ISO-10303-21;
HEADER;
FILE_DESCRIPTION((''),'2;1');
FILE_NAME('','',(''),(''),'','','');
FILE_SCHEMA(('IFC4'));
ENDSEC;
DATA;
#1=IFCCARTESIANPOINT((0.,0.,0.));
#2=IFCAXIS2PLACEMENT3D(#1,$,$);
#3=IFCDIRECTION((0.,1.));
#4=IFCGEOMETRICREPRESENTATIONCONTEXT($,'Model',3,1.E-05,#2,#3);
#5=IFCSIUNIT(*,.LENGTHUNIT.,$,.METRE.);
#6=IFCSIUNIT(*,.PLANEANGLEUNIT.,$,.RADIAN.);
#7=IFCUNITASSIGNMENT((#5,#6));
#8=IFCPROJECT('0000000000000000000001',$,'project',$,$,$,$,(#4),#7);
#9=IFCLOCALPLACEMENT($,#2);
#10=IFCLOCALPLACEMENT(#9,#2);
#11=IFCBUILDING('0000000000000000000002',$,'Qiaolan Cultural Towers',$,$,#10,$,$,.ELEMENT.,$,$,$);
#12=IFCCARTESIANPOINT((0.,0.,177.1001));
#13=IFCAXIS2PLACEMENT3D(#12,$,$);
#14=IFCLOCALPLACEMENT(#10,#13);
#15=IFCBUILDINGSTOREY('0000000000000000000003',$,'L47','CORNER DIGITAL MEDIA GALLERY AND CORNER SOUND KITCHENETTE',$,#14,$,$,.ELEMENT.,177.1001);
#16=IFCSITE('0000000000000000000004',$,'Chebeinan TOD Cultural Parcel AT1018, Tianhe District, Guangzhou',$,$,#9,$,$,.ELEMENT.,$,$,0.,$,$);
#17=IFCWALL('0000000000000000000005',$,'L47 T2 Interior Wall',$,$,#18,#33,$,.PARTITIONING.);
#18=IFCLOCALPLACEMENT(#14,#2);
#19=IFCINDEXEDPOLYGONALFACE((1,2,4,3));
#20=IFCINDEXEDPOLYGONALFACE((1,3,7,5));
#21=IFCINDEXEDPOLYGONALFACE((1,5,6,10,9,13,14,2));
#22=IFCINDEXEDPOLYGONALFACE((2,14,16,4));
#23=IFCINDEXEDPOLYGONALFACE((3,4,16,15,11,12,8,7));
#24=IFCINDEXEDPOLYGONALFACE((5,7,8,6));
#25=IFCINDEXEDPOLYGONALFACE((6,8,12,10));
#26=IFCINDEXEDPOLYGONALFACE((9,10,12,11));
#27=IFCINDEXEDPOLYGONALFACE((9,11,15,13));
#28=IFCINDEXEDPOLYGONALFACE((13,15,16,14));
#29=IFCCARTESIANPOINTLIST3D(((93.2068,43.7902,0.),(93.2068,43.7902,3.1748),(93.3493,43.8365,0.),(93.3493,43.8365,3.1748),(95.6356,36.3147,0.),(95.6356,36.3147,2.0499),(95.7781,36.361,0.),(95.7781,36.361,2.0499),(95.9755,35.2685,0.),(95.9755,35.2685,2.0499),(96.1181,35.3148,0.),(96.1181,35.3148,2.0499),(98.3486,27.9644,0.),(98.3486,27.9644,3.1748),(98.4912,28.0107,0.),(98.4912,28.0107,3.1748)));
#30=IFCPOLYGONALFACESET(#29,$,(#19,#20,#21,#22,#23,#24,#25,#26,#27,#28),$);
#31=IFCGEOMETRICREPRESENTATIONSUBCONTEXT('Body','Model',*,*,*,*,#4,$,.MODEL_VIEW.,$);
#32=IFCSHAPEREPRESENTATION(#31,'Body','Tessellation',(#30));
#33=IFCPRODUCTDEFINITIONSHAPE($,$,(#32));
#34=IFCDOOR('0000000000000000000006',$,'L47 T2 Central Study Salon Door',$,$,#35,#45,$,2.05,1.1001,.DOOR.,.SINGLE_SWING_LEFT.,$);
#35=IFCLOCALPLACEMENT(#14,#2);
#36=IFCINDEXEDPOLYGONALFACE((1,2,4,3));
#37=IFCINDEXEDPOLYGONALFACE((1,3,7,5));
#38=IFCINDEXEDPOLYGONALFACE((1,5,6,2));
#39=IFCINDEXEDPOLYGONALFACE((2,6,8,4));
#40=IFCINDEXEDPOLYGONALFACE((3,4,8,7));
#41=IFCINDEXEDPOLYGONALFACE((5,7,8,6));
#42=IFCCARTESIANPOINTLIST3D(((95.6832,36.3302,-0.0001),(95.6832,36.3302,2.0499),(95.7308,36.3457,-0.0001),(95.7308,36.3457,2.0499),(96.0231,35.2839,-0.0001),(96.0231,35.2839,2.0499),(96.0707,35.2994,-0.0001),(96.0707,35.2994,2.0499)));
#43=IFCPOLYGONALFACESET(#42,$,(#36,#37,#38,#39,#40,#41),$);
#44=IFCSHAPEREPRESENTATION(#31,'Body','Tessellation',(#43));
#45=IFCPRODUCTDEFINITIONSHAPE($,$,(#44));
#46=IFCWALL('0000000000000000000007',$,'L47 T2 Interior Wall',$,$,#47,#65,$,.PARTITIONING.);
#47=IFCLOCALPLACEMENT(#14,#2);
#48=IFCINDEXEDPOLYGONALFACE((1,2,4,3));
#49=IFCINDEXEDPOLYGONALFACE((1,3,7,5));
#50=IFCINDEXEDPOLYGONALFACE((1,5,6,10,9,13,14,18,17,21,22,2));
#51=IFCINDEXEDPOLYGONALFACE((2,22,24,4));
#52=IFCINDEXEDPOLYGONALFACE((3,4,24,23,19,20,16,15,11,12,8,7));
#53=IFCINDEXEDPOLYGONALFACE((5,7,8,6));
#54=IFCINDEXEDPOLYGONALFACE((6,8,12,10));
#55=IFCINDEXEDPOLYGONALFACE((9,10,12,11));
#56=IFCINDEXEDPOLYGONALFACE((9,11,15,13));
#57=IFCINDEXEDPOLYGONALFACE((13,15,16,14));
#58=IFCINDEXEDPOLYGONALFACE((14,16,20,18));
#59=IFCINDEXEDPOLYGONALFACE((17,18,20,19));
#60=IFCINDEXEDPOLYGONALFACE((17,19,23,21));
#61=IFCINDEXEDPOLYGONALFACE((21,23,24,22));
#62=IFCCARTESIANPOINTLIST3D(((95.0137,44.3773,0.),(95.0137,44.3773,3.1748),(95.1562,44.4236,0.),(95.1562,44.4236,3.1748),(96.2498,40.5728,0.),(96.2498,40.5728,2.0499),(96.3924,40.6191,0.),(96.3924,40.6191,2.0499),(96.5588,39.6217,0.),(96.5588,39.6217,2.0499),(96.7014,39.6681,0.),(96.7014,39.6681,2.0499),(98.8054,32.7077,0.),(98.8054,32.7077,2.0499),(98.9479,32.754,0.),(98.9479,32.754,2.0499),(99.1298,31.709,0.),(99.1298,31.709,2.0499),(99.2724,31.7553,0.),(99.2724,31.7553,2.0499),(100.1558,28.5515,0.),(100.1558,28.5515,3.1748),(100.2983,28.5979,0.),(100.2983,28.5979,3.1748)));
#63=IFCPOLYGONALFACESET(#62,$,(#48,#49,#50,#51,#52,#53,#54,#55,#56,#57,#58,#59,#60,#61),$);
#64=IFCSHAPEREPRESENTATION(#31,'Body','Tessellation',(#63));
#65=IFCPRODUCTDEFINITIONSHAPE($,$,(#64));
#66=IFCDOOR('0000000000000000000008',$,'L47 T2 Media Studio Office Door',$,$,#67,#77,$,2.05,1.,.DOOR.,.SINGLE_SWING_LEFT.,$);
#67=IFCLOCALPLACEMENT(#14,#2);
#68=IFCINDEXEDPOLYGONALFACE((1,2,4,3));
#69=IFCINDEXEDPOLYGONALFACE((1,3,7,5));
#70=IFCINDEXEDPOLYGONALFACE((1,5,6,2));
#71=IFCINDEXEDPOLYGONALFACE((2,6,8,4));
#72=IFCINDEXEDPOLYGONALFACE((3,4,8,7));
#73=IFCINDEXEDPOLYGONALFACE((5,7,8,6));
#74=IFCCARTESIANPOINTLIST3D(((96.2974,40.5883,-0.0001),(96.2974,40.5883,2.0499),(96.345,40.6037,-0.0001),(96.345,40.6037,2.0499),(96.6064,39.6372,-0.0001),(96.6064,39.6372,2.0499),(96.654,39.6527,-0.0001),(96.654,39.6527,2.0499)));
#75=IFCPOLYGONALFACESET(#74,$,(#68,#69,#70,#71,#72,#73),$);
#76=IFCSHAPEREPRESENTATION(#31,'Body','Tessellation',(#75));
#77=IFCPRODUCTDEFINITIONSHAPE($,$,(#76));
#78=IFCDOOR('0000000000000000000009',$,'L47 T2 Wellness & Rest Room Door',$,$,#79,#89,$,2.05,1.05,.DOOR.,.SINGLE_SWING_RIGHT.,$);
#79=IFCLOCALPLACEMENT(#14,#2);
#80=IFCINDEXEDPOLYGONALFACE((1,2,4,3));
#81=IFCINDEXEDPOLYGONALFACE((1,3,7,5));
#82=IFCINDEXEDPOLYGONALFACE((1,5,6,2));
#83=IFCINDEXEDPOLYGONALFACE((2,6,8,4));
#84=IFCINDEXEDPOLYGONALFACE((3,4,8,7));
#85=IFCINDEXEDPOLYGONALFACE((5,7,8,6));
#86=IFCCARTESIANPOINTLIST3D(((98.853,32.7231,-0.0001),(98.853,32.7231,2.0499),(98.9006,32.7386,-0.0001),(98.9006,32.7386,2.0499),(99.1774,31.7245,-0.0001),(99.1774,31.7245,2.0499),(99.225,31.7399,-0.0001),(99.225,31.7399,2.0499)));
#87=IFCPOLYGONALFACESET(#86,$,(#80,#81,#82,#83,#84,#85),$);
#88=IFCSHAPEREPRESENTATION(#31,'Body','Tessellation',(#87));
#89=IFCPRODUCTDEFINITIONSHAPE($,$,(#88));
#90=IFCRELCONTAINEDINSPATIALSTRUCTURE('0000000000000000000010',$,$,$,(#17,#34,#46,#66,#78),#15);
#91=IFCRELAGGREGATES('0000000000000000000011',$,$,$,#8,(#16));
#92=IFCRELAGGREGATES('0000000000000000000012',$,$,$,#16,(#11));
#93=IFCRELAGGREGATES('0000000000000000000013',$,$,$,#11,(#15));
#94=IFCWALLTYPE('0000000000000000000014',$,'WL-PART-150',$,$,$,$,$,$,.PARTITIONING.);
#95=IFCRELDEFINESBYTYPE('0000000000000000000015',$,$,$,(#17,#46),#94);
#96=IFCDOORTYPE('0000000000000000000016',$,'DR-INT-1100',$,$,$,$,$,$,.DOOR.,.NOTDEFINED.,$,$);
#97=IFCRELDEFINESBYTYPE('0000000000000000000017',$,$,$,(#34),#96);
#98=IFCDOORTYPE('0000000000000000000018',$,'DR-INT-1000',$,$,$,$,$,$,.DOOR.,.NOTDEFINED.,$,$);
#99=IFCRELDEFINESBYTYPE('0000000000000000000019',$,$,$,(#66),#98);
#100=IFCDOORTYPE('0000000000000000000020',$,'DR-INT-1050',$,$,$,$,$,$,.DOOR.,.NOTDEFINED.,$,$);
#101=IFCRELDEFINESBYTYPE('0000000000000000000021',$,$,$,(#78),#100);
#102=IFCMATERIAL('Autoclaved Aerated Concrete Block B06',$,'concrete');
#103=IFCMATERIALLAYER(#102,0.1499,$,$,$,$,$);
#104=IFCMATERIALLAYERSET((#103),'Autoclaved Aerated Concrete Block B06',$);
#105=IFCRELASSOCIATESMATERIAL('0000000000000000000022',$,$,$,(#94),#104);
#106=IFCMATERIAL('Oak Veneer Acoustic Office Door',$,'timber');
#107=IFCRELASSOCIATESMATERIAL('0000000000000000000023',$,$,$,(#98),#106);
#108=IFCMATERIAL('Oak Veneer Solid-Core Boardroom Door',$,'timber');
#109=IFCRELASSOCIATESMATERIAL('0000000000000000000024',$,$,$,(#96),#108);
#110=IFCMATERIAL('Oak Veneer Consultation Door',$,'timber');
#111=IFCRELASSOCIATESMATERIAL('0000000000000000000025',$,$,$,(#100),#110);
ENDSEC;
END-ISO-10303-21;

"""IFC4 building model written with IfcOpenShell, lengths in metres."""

from ifc_helpers import new_model, si_unit, direction, frame, frame_2d, origin, place, context, subcontext, project, spatial, rectangle, extrude, material, layer, layer_set, type_object, element, fill, save


model = new_model("IFC4")

# Units and contexts
model_context = context("Model", 3, precision=1e-05, world=origin(), true_north=direction((0.0, 1.0)))
body_context = subcontext(model_context, "Body", "Model", "MODEL_VIEW")
ifc_project = project(units=[si_unit("LENGTHUNIT", "METRE"), si_unit("PLANEANGLEUNIT", "RADIAN")], contexts=[model_context])

# Site, building, storey
site_placement = place(None, origin())
site = spatial("IfcSite", under=ifc_project, at=site_placement, Name="Chebeinan TOD Cultural Parcel AT1018, Tianhe District, Guangzhou", CompositionType="ELEMENT", RefElevation=0.0)
building_placement = place(site_placement, origin())
building = spatial("IfcBuilding", under=site, at=building_placement, Name="Qiaolan Cultural Towers", CompositionType="ELEMENT")
storey_placement = place(building_placement, frame((0.0, 0.0, 177.1001)))
storey = spatial("IfcBuildingStorey", under=building, at=storey_placement, Name="L47", Description="CORNER DIGITAL MEDIA GALLERY AND CORNER SOUND KITCHENETTE", CompositionType="ELEMENT", Elevation=177.1001)

# Shared definitions
ifc_material_1 = material(Name="Autoclaved Aerated Concrete Block B06", Category="concrete")
ifc_layer_1 = layer(ifc_material_1, 0.1499)
ifc_layer_set_1 = layer_set([ifc_layer_1], Name="Autoclaved Aerated Concrete Block B06")
wall_type_1 = type_object("IfcWallType", Name="WL-PART-150", PredefinedType="PARTITIONING", material=ifc_layer_set_1)

# Shared definitions
ifc_material_2 = material(Name="Oak Veneer Acoustic Office Door", Category="timber")
door_type_1 = type_object("IfcDoorType", Name="DR-INT-1000", OperationType="NOTDEFINED", PredefinedType="DOOR", material=ifc_material_2)

# Wall, opening, door
wall_1_placement = place(storey_placement, frame((98.4199, 27.9875, 0.0), z_axis=(0.0, 0.0, 1.0), x_axis=(-0.309004, 0.951061, 0.0)))
wall_1 = element("IfcWall", 1, at=wall_1_placement, inside=storey, type_object=wall_type_1, Name="L47 T2 Interior Wall", PredefinedType="PARTITIONING", context=body_context, shape_type="SweptSolid", body=[
    extrude(rectangle(XDim=16.6401, YDim=0.1499, at=frame_2d((8.3201, 0.0))), origin(), (0.0, 0.0, 1.0), 3.1748),
])
opening_1_placement = place(wall_1_placement, frame((7.6799, 0.0, 0.0)))
opening_1 = element("IfcOpeningElement", 2, at=opening_1_placement, cuts=wall_1, PredefinedType="OPENING", context=body_context, shape_type="SweptSolid", body=[
    extrude(rectangle(XDim=1.1001, YDim=2.05, at=frame_2d((0.55, 1.0249))), frame((0.0, 0.085, 0.0), z_axis=(0.0, -1.0, 0.0), x_axis=(1.0, 0.0, 0.0)), (0.0, 0.0, 1.0), 0.1699),
])
ifc_material_3 = material(Name="Oak Veneer Solid-Core Boardroom Door", Category="timber")
door_type_2 = type_object("IfcDoorType", Name="DR-INT-1100", OperationType="NOTDEFINED", PredefinedType="DOOR", material=ifc_material_3)
door_1_placement = place(opening_1_placement, origin())
door_1 = element("IfcDoor", 3, at=door_1_placement, inside=storey, type_object=door_type_2, Name="L47 T2 Central Study Salon Door", OperationType="SINGLE_SWING_LEFT", OverallHeight=2.05, OverallWidth=1.1001, PredefinedType="DOOR", context=body_context, shape_type="SweptSolid", body=[
    extrude(rectangle(XDim=1.1001, YDim=2.05, at=frame_2d((0.55, 1.0249))), frame((0.0, 0.0249, 0.0), z_axis=(0.0, -1.0, 0.0), x_axis=(1.0, 0.0, 0.0)), (0.0, 0.0, 1.0), 0.05),
])
fill(opening_1, door_1)

# Wall, openings, doors
wall_2_placement = place(storey_placement, frame((100.2271, 28.5747, 0.0), z_axis=(0.0, 0.0, 1.0), x_axis=(-0.309018, 0.951056, 0.0)))
wall_2 = element("IfcWall", 4, at=wall_2_placement, inside=storey, type_object=wall_type_1, Name="L47 T2 Interior Wall", PredefinedType="PARTITIONING", context=body_context, shape_type="SweptSolid", body=[
    extrude(rectangle(XDim=16.6401, YDim=0.1499, at=frame_2d((8.3201, 0.0))), origin(), (0.0, 0.0, 1.0), 3.1748),
])
opening_2_placement = place(wall_2_placement, frame((3.3201, 0.0, 0.0)))
opening_2 = element("IfcOpeningElement", 5, at=opening_2_placement, cuts=wall_2, PredefinedType="OPENING", context=body_context, shape_type="SweptSolid", body=[
    extrude(rectangle(XDim=1.05, YDim=2.05, at=frame_2d((0.5249, 1.0249))), frame((0.0, 0.085, 0.0), z_axis=(0.0, -1.0, 0.0), x_axis=(1.0, 0.0, 0.0)), (0.0, 0.0, 1.0), 0.1699),
])
opening_3_placement = place(wall_2_placement, frame((11.6399, 0.0, 0.0)))
opening_3 = element("IfcOpeningElement", 6, at=opening_3_placement, cuts=wall_2, PredefinedType="OPENING", context=body_context, shape_type="SweptSolid", body=[
    extrude(rectangle(XDim=1.0, YDim=2.05, at=frame_2d((0.5, 1.0249))), frame((0.0, 0.085, 0.0), z_axis=(0.0, -1.0, 0.0), x_axis=(1.0, 0.0, 0.0)), (0.0, 0.0, 1.0), 0.1699),
])
door_2_placement = place(opening_3_placement, origin())
door_2 = element("IfcDoor", 7, at=door_2_placement, inside=storey, type_object=door_type_1, Name="L47 T2 Media Studio Office Door", OperationType="SINGLE_SWING_LEFT", OverallHeight=2.05, OverallWidth=1.0, PredefinedType="DOOR", context=body_context, shape_type="SweptSolid", body=[
    extrude(rectangle(XDim=1.0, YDim=2.05, at=frame_2d((0.5, 1.0249))), frame((0.0, 0.0249, 0.0), z_axis=(0.0, -1.0, 0.0), x_axis=(1.0, 0.0, 0.0)), (0.0, 0.0, 1.0), 0.05),
])
fill(opening_3, door_2)
ifc_material_4 = material(Name="Oak Veneer Consultation Door", Category="timber")
door_type_3 = type_object("IfcDoorType", Name="DR-INT-1050", OperationType="NOTDEFINED", PredefinedType="DOOR", material=ifc_material_4)
door_3_placement = place(opening_2_placement, origin())
door_3 = element("IfcDoor", 8, at=door_3_placement, inside=storey, type_object=door_type_3, Name="L47 T2 Wellness & Rest Room Door", OperationType="SINGLE_SWING_RIGHT", OverallHeight=2.05, OverallWidth=1.05, PredefinedType="DOOR", context=body_context, shape_type="SweptSolid", body=[
    extrude(rectangle(XDim=1.05, YDim=2.05, at=frame_2d((0.5249, 1.0249))), frame((0.0, 0.0249, 0.0), z_axis=(0.0, -1.0, 0.0), x_axis=(1.0, 0.0, 0.0)), (0.0, 0.0, 1.0), 0.05),
])
fill(opening_2, door_3)

save(model, "model.ifc")
